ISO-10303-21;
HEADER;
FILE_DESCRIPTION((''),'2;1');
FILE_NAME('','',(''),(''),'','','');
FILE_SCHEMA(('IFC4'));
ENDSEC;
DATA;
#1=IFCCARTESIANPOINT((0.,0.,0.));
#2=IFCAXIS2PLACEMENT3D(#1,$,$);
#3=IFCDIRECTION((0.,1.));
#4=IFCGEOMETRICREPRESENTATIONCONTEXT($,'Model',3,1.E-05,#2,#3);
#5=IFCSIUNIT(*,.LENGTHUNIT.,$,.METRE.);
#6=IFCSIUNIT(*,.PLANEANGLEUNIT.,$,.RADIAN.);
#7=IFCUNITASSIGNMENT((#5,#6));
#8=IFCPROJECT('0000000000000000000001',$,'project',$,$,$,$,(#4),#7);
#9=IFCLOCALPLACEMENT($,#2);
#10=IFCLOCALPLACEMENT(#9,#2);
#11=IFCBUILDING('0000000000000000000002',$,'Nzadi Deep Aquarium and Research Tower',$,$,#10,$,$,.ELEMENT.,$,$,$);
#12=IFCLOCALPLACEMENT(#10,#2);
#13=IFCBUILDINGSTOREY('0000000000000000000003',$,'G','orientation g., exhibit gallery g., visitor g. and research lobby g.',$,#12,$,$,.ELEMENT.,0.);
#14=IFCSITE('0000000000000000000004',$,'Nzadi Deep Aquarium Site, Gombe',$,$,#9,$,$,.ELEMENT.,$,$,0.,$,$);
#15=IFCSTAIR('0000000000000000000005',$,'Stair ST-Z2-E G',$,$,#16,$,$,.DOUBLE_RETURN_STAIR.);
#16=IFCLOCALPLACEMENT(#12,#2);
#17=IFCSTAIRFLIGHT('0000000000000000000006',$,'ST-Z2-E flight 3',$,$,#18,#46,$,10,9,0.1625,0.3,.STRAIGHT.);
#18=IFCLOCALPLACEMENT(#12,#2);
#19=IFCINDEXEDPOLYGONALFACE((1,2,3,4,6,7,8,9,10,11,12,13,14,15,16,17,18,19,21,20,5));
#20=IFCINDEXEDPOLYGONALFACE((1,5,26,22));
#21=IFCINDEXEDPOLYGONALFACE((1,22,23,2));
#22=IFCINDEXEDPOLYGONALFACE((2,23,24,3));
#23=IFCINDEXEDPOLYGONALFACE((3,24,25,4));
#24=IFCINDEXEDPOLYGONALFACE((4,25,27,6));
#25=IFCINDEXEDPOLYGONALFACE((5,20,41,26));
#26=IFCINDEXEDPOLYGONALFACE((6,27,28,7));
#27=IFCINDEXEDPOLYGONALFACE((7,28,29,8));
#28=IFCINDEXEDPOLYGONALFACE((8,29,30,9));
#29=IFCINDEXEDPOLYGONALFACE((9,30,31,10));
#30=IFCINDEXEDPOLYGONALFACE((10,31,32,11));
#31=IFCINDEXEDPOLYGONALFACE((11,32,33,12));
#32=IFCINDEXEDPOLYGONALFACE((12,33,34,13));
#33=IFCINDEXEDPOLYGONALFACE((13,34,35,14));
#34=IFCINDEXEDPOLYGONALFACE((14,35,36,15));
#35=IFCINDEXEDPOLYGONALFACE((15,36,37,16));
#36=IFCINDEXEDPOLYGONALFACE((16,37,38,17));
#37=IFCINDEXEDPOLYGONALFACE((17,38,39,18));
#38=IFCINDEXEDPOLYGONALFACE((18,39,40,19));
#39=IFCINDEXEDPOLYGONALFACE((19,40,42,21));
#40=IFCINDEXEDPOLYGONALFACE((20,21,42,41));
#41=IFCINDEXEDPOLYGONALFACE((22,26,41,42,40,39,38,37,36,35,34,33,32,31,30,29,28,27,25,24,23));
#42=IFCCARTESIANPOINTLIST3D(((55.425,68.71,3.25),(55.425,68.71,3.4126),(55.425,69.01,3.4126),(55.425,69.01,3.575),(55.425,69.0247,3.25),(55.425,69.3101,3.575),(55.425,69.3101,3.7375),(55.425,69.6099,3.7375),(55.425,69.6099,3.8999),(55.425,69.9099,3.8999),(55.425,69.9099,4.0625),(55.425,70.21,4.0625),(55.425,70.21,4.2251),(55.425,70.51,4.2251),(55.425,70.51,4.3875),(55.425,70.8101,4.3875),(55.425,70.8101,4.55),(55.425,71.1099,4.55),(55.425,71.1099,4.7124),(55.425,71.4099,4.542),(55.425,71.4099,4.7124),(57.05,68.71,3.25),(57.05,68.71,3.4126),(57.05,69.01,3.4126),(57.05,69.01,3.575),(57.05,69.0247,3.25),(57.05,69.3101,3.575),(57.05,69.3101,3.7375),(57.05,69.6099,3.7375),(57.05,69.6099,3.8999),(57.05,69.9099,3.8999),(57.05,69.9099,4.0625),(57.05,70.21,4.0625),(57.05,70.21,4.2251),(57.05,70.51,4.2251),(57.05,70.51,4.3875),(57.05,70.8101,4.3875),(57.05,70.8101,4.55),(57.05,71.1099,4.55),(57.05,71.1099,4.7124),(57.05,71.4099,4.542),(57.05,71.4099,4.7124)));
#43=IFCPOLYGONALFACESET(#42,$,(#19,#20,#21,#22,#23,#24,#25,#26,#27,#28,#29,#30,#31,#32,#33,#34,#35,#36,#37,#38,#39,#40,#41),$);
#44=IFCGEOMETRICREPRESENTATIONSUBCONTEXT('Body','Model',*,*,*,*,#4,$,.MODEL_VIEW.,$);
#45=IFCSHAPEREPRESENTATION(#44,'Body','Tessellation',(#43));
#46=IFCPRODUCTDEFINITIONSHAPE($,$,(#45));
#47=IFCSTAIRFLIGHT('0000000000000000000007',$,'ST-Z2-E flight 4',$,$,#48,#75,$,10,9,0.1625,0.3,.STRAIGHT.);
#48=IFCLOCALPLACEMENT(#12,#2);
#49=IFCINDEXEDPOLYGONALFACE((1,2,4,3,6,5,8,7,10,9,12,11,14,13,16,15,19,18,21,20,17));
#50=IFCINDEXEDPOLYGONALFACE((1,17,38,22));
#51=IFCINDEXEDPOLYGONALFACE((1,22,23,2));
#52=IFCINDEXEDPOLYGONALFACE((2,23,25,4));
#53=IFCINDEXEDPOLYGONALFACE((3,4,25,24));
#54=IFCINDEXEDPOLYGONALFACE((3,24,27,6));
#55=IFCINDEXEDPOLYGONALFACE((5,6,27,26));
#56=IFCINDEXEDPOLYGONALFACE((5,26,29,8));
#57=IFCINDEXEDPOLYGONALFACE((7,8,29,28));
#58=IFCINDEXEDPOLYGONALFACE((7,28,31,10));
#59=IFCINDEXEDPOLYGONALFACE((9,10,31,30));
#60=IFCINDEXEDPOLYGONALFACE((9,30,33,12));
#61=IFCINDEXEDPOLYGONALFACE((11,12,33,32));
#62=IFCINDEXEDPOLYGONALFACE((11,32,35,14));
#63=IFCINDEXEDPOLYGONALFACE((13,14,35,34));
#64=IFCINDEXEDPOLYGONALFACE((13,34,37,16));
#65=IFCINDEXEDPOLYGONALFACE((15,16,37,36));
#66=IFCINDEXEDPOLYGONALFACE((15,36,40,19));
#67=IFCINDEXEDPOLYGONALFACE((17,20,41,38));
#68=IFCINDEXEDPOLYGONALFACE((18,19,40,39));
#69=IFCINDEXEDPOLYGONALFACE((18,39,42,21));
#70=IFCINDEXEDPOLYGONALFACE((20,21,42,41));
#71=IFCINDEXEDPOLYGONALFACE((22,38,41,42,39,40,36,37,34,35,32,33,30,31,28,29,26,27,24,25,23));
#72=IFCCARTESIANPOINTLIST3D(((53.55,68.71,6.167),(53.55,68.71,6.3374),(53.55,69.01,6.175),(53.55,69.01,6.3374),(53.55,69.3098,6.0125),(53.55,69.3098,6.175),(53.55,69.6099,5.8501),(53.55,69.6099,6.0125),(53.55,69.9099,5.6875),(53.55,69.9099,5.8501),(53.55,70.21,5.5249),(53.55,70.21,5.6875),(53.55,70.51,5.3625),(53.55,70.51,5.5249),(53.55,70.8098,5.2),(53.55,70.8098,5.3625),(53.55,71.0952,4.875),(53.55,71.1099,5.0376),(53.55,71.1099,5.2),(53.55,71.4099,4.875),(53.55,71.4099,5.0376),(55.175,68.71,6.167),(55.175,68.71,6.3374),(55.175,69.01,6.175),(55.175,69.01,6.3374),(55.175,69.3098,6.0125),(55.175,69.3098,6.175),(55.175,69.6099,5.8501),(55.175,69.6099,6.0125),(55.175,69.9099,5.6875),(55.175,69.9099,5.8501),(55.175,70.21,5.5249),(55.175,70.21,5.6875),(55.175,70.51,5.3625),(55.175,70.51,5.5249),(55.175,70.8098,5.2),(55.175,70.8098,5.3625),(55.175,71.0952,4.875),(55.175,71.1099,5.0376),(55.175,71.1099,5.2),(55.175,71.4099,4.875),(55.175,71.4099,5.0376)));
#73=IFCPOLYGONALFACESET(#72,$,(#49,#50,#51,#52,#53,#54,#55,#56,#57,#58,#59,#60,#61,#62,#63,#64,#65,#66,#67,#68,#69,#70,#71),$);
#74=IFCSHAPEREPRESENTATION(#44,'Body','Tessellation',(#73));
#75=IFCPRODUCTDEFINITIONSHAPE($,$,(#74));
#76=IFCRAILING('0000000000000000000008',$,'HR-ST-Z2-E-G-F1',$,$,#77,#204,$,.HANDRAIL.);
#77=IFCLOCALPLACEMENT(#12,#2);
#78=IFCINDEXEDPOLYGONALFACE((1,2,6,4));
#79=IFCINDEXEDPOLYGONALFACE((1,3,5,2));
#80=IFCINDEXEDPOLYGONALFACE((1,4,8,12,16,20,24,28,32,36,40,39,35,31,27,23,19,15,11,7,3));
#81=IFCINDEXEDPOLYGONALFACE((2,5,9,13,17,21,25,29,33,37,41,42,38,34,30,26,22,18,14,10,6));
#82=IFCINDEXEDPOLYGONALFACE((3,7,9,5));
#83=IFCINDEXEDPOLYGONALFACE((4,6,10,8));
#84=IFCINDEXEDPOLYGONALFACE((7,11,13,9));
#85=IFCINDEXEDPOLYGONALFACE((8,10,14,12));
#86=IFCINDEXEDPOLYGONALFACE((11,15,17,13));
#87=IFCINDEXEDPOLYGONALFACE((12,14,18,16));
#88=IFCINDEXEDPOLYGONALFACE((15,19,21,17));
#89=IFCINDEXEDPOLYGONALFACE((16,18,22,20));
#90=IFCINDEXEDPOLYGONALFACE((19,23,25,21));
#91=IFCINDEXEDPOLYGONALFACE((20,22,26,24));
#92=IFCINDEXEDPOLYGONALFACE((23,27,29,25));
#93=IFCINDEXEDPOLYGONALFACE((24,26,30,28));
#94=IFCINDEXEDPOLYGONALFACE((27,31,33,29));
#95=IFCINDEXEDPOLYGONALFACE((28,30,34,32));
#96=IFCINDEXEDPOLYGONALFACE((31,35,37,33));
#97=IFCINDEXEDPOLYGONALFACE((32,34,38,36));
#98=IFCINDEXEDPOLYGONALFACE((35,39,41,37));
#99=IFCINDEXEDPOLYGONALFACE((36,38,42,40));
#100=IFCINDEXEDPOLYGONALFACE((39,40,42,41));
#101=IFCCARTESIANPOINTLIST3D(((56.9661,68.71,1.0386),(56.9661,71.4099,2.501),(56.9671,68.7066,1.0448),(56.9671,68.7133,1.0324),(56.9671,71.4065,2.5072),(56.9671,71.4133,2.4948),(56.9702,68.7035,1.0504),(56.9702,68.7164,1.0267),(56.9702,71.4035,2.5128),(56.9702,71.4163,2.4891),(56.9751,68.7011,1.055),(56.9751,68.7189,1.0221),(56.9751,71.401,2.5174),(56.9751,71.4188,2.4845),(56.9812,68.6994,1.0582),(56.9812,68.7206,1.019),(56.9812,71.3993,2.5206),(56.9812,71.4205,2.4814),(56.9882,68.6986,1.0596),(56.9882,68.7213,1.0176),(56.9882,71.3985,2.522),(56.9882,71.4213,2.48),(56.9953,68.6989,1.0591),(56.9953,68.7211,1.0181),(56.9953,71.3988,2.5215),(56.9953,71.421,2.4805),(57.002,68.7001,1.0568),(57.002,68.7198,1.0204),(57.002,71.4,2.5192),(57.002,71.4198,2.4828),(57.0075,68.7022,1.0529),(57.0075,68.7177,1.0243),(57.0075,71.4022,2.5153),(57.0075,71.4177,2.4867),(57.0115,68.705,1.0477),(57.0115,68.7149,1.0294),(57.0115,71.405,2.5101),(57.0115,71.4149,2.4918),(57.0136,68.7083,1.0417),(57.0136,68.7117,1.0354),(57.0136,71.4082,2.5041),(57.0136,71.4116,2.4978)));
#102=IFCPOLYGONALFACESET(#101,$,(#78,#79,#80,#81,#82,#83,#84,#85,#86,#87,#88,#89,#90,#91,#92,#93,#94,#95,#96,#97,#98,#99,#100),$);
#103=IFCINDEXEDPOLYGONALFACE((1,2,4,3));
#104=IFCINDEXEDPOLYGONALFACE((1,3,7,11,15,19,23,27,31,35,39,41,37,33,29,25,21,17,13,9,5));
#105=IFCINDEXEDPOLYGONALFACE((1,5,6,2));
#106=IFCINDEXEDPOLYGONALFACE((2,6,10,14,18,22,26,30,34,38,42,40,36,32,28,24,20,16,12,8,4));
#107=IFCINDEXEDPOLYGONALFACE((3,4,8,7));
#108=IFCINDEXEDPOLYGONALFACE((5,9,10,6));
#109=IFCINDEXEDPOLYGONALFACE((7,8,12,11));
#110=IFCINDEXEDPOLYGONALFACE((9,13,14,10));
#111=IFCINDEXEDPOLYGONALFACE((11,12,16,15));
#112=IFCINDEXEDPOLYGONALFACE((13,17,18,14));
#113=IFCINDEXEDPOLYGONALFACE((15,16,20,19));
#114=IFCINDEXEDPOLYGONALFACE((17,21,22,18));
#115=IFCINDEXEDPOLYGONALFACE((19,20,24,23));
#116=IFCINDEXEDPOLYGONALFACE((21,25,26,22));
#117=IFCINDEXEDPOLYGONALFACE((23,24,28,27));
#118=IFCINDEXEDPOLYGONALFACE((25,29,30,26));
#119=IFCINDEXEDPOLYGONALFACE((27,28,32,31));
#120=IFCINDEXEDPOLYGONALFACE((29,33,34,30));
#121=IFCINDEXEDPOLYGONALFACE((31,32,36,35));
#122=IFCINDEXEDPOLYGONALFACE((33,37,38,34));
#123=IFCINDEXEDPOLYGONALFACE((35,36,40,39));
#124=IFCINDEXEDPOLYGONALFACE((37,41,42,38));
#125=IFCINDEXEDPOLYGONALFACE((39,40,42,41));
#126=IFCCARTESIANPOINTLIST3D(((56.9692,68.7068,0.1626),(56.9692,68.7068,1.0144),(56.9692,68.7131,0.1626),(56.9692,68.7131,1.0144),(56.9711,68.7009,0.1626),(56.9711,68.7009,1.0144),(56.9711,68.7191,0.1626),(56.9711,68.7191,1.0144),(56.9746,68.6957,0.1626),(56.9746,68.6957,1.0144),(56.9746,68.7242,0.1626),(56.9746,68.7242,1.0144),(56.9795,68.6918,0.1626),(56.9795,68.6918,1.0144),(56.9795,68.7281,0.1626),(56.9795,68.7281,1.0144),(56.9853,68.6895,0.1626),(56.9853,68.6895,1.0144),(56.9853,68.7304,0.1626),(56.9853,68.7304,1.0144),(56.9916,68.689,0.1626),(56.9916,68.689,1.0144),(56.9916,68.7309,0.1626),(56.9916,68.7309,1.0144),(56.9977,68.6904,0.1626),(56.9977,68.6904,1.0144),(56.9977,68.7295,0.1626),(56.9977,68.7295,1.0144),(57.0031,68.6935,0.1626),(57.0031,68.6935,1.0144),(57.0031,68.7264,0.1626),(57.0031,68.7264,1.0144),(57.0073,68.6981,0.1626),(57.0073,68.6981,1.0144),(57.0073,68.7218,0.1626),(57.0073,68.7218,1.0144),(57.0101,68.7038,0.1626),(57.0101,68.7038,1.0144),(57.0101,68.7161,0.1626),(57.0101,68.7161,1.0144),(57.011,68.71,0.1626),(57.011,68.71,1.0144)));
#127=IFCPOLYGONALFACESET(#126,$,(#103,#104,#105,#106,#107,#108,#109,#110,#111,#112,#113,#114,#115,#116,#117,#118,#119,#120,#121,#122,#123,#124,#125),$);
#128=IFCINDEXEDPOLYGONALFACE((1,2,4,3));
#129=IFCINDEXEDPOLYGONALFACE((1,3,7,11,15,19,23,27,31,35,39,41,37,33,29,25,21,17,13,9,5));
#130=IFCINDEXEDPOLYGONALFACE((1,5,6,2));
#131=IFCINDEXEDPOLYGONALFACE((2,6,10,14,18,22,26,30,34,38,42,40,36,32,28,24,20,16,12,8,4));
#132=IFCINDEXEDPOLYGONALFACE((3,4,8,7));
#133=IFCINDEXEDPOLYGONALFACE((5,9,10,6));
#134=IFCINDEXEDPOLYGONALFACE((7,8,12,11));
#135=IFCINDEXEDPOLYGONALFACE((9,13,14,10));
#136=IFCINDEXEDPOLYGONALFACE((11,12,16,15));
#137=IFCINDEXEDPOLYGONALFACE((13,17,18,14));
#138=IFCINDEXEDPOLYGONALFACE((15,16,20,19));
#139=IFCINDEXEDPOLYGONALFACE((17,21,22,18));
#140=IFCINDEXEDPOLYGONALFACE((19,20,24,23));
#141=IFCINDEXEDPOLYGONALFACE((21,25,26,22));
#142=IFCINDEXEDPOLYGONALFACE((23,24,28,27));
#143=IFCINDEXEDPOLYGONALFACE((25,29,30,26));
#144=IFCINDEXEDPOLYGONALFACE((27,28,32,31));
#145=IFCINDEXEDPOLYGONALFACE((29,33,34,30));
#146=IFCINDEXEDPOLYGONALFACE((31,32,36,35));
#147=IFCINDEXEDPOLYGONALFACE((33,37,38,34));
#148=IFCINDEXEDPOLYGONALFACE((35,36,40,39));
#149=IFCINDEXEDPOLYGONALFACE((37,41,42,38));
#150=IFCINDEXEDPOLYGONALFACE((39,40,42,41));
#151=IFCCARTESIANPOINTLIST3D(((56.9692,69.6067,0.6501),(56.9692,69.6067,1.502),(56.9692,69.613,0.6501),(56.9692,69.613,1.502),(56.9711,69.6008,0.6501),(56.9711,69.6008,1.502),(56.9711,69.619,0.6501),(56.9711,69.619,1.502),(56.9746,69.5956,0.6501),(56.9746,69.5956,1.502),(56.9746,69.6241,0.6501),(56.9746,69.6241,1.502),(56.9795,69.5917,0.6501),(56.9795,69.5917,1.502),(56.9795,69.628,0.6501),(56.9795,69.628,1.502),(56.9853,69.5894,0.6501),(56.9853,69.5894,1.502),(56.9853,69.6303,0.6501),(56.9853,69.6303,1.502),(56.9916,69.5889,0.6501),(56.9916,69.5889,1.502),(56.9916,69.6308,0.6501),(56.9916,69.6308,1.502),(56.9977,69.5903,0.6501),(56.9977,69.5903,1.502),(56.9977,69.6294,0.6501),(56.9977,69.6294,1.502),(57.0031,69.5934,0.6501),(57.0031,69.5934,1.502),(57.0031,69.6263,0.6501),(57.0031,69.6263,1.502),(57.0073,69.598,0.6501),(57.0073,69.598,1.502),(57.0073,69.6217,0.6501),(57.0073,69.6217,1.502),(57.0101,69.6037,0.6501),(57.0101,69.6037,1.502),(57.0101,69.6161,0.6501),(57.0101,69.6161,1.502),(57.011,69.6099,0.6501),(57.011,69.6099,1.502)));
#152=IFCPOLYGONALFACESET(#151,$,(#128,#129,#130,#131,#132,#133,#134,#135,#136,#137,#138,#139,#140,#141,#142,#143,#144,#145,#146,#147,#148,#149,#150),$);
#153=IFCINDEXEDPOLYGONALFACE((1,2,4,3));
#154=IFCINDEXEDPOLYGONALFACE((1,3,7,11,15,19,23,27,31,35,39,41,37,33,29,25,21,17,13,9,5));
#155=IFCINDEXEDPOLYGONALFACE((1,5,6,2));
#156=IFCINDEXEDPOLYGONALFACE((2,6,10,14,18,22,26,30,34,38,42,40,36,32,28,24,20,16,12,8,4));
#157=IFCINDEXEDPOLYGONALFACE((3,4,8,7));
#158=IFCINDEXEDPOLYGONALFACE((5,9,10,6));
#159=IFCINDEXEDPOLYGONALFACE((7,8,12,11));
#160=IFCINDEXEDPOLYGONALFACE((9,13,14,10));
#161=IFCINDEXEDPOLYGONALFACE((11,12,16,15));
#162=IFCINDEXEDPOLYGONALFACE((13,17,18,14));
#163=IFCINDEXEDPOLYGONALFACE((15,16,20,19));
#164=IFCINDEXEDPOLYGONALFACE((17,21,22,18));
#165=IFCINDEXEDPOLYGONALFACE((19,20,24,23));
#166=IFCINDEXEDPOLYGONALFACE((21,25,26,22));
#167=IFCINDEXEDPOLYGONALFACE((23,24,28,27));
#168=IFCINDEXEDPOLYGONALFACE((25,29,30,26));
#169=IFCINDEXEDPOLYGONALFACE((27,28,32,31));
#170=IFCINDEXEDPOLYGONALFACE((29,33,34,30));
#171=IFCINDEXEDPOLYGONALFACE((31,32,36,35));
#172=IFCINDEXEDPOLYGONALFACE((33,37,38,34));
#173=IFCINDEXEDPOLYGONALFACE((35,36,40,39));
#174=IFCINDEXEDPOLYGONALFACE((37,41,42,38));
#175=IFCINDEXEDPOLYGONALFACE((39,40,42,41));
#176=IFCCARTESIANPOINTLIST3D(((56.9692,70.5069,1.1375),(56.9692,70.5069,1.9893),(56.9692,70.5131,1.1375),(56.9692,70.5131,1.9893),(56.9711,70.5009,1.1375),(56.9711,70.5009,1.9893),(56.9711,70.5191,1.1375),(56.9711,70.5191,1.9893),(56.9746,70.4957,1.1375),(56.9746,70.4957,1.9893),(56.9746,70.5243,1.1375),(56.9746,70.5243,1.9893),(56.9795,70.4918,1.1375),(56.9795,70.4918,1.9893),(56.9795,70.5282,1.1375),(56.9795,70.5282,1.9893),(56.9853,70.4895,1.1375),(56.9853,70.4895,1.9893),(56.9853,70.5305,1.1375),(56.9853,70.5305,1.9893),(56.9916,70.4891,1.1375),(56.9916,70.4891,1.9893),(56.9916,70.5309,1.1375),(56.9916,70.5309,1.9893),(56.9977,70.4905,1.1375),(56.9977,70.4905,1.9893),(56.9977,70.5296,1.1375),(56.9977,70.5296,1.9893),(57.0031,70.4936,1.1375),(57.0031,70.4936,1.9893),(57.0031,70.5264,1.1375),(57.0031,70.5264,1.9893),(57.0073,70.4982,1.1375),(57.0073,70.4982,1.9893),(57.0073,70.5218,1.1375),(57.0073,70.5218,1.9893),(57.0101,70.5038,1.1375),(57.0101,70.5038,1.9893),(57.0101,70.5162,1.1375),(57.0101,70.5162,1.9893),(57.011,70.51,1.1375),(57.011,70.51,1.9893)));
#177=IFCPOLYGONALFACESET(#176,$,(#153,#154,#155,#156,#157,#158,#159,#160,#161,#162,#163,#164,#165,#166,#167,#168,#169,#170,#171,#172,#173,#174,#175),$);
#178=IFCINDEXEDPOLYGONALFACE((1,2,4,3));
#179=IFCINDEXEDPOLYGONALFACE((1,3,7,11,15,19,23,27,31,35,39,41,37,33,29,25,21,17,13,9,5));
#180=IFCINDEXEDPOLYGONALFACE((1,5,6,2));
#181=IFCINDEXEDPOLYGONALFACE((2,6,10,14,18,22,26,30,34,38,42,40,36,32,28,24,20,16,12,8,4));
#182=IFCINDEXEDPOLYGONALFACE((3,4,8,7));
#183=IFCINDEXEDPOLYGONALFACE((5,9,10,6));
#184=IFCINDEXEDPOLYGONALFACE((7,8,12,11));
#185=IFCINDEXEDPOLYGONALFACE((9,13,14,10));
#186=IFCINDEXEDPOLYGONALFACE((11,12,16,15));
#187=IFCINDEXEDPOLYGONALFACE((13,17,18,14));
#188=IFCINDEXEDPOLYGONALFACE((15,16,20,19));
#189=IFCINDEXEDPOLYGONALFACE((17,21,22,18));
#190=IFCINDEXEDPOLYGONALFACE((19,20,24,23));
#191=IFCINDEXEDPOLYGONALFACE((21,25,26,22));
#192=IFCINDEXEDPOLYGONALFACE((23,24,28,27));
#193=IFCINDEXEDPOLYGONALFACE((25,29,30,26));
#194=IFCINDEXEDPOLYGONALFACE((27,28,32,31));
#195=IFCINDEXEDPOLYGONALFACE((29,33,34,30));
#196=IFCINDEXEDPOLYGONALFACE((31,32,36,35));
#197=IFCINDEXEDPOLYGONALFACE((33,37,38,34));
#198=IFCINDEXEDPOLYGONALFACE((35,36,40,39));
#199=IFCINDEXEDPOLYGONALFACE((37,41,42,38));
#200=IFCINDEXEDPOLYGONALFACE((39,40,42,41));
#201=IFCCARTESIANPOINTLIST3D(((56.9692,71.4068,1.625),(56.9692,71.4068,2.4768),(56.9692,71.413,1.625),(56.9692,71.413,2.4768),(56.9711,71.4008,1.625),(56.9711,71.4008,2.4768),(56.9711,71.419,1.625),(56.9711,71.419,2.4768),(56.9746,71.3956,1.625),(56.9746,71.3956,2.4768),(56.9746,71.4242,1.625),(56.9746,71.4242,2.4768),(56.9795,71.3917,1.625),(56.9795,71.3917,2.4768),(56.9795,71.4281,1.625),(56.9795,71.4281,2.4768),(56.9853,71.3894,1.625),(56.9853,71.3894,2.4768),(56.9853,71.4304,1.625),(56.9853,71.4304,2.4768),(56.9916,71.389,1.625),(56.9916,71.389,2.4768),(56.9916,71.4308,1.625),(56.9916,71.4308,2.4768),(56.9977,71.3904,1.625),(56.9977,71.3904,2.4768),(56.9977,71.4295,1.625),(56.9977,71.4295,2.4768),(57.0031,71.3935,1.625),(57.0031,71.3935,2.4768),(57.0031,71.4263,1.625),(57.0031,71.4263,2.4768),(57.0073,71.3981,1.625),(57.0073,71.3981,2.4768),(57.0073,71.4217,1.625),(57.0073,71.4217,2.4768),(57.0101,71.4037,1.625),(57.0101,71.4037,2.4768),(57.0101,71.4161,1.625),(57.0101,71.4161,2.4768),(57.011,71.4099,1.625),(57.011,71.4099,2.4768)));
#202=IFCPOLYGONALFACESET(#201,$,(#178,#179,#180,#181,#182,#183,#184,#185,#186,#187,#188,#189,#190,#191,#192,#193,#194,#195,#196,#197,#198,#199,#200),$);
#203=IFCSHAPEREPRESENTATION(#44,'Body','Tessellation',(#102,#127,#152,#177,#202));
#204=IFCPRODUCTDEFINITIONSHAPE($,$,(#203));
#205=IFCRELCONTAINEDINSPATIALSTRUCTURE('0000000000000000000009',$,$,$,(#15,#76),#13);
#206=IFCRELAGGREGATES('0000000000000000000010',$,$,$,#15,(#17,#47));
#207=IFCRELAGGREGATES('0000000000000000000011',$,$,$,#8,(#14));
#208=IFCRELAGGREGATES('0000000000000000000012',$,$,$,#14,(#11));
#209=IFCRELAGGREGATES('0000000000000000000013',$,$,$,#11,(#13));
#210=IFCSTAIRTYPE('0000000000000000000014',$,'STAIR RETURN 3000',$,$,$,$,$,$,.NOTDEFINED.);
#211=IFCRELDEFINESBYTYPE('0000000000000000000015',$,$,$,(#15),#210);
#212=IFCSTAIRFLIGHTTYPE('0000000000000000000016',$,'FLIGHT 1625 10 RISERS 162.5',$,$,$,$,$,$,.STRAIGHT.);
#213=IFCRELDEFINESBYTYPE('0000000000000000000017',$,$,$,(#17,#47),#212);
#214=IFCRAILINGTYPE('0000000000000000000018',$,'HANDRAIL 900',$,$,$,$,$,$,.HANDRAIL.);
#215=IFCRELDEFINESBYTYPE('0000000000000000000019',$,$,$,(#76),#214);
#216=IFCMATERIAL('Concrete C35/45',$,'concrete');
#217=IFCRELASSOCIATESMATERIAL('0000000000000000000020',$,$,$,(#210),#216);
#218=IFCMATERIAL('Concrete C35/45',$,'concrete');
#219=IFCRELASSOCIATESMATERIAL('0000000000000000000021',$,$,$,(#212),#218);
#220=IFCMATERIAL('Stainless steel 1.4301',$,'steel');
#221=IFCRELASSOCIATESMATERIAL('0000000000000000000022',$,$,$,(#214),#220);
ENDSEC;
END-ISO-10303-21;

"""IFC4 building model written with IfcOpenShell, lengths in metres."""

from ifc_helpers import new_model, si_unit, direction, frame, origin, origin_2d, place, context, subcontext, project, spatial, polyline, circle, outline, extrude, material, type_object, element, aggregate, save


model = new_model("IFC4")

# Units and contexts
model_context = context("Model", 3, precision=1e-05, world=origin(), true_north=direction((0.0, 1.0)))
body_context = subcontext(model_context, "Body", "Model", "MODEL_VIEW")
ifc_project = project(units=[si_unit("LENGTHUNIT", "METRE"), si_unit("PLANEANGLEUNIT", "RADIAN")], contexts=[model_context])

# Site, building, storey
site_placement = place(None, origin())
site = spatial("IfcSite", under=ifc_project, at=site_placement, Name="Nzadi Deep Aquarium Site, Gombe", CompositionType="ELEMENT", RefElevation=0.0)
building_placement = place(site_placement, origin())
building = spatial("IfcBuilding", under=site, at=building_placement, Name="Nzadi Deep Aquarium and Research Tower", CompositionType="ELEMENT")
storey_placement = place(building_placement, origin())
storey = spatial("IfcBuildingStorey", under=building, at=storey_placement, Name="G", Description="orientation g., exhibit gallery g., visitor g. and research lobby g.", CompositionType="ELEMENT", Elevation=0.0)

# Stair, stair flights
ifc_material_1 = material(Name="Concrete C35/45", Category="concrete")
stair_type = type_object("IfcStairType", Name="STAIR RETURN 3000", PredefinedType="NOTDEFINED", material=ifc_material_1)
stair_placement = place(storey_placement, origin())
stair = element("IfcStair", 1, at=stair_placement, inside=storey, type_object=stair_type, Name="Stair ST-Z2-E G", PredefinedType="DOUBLE_RETURN_STAIR")
ifc_material_2 = material(Name="Concrete C35/45", Category="concrete")
stair_flight_type = type_object("IfcStairFlightType", Name="FLIGHT 1625 10 RISERS 162.5", PredefinedType="STRAIGHT", material=ifc_material_2)
stair_flight_1_placement = place(storey_placement, frame((56.2375, 68.71, 3.25), z_axis=(0.0, 0.0, 1.0), x_axis=(0.0, 1.0, 0.0)))
stair_flight_1 = element("IfcStairFlight", 2, at=stair_flight_1_placement, type_object=stair_flight_type, Name="ST-Z2-E flight 3", NumberOfRisers=10, NumberOfTreads=9, PredefinedType="STRAIGHT", RiserHeight=0.1625, TreadLength=0.3, context=body_context, shape_type="SweptSolid", body=[
    extrude(outline(polyline([(0.0, 0.0), (0.0, 0.1626), (0.3, 0.1626), (0.3, 0.325), (0.6001, 0.325), (0.6001, 0.4875), (0.8999, 0.4875), (0.8999, 0.6499), (1.2, 0.6499), (1.2, 0.8125), (1.5, 0.8125), (1.5, 0.9751), (1.8, 0.9751), (1.8, 1.1375), (2.1001, 1.1375), (2.1001, 1.3), (2.3999, 1.3), (2.3999, 1.4624), (2.7, 1.4624), (2.7, 1.625), (2.7, 1.292), (0.3147, 0.0), (0.0, 0.0)])), frame((0.0, 0.8125, 0.0), z_axis=(0.0, -1.0, 0.0), x_axis=(1.0, 0.0, 0.0)), (0.0, 0.0, 1.0), 1.625),
])
stair_flight_2_placement = place(storey_placement, frame((54.3625, 71.4099, 4.875), z_axis=(0.0, 0.0, 1.0), x_axis=(0.0, -1.0, 0.0)))
stair_flight_2 = element("IfcStairFlight", 3, at=stair_flight_2_placement, type_object=stair_flight_type, Name="ST-Z2-E flight 4", NumberOfRisers=10, NumberOfTreads=9, PredefinedType="STRAIGHT", RiserHeight=0.1625, TreadLength=0.3, context=body_context, shape_type="SweptSolid", body=[
    extrude(outline(polyline([(0.0, 0.0), (0.0, 0.1626), (0.3, 0.1626), (0.3, 0.325), (0.6001, 0.325), (0.6001, 0.4875), (0.8999, 0.4875), (0.8999, 0.6499), (1.2, 0.6499), (1.2, 0.8125), (1.5, 0.8125), (1.5, 0.9751), (1.8, 0.9751), (1.8, 1.1375), (2.1001, 1.1375), (2.1001, 1.3), (2.3999, 1.3), (2.3999, 1.4624), (2.7, 1.4624), (2.7, 1.625), (2.7, 1.292), (0.3147, 0.0), (0.0, 0.0)])), frame((0.0, 0.8125, 0.0), z_axis=(0.0, -1.0, 0.0), x_axis=(1.0, 0.0, 0.0)), (0.0, 0.0, 1.0), 1.625),
])
aggregate(stair, [stair_flight_1, stair_flight_2])

# Railing
ifc_material_3 = material(Name="Stainless steel 1.4301", Category="steel")
railing_type = type_object("IfcRailingType", Name="HANDRAIL 900", PredefinedType="HANDRAIL", material=ifc_material_3)
for number, where, name in (
    (4, (56.99, 68.71, 0.1626), "HR-ST-Z2-E-G-F1"),
):
    element("IfcRailing", number, at=place(storey_placement, frame(where)), inside=storey, type_object=railing_type, Name=name, PredefinedType="HANDRAIL", context=body_context, shape_type="SweptSolid", body=[
        extrude(circle(Radius=0.0239, at=origin_2d()), frame((0.0, 0.0, 0.876), z_axis=(0.0, 0.879302, 0.476265), x_axis=(-1.0, 0.0, 0.0)), (0.0, 0.0, 1.0), 3.0706),
        extrude(circle(Radius=0.021, at=origin_2d()), origin(), (0.0, 0.0, 1.0), 0.8518),
        extrude(circle(Radius=0.021, at=origin_2d()), frame((0.0, 0.8999, 0.4875)), (0.0, 0.0, 1.0), 0.8518),
        extrude(circle(Radius=0.021, at=origin_2d()), frame((0.0, 1.8, 0.9749)), (0.0, 0.0, 1.0), 0.8518),
        extrude(circle(Radius=0.021, at=origin_2d()), frame((0.0, 2.7, 1.4624)), (0.0, 0.0, 1.0), 0.8518),
    ])

save(model, "model.ifc")
